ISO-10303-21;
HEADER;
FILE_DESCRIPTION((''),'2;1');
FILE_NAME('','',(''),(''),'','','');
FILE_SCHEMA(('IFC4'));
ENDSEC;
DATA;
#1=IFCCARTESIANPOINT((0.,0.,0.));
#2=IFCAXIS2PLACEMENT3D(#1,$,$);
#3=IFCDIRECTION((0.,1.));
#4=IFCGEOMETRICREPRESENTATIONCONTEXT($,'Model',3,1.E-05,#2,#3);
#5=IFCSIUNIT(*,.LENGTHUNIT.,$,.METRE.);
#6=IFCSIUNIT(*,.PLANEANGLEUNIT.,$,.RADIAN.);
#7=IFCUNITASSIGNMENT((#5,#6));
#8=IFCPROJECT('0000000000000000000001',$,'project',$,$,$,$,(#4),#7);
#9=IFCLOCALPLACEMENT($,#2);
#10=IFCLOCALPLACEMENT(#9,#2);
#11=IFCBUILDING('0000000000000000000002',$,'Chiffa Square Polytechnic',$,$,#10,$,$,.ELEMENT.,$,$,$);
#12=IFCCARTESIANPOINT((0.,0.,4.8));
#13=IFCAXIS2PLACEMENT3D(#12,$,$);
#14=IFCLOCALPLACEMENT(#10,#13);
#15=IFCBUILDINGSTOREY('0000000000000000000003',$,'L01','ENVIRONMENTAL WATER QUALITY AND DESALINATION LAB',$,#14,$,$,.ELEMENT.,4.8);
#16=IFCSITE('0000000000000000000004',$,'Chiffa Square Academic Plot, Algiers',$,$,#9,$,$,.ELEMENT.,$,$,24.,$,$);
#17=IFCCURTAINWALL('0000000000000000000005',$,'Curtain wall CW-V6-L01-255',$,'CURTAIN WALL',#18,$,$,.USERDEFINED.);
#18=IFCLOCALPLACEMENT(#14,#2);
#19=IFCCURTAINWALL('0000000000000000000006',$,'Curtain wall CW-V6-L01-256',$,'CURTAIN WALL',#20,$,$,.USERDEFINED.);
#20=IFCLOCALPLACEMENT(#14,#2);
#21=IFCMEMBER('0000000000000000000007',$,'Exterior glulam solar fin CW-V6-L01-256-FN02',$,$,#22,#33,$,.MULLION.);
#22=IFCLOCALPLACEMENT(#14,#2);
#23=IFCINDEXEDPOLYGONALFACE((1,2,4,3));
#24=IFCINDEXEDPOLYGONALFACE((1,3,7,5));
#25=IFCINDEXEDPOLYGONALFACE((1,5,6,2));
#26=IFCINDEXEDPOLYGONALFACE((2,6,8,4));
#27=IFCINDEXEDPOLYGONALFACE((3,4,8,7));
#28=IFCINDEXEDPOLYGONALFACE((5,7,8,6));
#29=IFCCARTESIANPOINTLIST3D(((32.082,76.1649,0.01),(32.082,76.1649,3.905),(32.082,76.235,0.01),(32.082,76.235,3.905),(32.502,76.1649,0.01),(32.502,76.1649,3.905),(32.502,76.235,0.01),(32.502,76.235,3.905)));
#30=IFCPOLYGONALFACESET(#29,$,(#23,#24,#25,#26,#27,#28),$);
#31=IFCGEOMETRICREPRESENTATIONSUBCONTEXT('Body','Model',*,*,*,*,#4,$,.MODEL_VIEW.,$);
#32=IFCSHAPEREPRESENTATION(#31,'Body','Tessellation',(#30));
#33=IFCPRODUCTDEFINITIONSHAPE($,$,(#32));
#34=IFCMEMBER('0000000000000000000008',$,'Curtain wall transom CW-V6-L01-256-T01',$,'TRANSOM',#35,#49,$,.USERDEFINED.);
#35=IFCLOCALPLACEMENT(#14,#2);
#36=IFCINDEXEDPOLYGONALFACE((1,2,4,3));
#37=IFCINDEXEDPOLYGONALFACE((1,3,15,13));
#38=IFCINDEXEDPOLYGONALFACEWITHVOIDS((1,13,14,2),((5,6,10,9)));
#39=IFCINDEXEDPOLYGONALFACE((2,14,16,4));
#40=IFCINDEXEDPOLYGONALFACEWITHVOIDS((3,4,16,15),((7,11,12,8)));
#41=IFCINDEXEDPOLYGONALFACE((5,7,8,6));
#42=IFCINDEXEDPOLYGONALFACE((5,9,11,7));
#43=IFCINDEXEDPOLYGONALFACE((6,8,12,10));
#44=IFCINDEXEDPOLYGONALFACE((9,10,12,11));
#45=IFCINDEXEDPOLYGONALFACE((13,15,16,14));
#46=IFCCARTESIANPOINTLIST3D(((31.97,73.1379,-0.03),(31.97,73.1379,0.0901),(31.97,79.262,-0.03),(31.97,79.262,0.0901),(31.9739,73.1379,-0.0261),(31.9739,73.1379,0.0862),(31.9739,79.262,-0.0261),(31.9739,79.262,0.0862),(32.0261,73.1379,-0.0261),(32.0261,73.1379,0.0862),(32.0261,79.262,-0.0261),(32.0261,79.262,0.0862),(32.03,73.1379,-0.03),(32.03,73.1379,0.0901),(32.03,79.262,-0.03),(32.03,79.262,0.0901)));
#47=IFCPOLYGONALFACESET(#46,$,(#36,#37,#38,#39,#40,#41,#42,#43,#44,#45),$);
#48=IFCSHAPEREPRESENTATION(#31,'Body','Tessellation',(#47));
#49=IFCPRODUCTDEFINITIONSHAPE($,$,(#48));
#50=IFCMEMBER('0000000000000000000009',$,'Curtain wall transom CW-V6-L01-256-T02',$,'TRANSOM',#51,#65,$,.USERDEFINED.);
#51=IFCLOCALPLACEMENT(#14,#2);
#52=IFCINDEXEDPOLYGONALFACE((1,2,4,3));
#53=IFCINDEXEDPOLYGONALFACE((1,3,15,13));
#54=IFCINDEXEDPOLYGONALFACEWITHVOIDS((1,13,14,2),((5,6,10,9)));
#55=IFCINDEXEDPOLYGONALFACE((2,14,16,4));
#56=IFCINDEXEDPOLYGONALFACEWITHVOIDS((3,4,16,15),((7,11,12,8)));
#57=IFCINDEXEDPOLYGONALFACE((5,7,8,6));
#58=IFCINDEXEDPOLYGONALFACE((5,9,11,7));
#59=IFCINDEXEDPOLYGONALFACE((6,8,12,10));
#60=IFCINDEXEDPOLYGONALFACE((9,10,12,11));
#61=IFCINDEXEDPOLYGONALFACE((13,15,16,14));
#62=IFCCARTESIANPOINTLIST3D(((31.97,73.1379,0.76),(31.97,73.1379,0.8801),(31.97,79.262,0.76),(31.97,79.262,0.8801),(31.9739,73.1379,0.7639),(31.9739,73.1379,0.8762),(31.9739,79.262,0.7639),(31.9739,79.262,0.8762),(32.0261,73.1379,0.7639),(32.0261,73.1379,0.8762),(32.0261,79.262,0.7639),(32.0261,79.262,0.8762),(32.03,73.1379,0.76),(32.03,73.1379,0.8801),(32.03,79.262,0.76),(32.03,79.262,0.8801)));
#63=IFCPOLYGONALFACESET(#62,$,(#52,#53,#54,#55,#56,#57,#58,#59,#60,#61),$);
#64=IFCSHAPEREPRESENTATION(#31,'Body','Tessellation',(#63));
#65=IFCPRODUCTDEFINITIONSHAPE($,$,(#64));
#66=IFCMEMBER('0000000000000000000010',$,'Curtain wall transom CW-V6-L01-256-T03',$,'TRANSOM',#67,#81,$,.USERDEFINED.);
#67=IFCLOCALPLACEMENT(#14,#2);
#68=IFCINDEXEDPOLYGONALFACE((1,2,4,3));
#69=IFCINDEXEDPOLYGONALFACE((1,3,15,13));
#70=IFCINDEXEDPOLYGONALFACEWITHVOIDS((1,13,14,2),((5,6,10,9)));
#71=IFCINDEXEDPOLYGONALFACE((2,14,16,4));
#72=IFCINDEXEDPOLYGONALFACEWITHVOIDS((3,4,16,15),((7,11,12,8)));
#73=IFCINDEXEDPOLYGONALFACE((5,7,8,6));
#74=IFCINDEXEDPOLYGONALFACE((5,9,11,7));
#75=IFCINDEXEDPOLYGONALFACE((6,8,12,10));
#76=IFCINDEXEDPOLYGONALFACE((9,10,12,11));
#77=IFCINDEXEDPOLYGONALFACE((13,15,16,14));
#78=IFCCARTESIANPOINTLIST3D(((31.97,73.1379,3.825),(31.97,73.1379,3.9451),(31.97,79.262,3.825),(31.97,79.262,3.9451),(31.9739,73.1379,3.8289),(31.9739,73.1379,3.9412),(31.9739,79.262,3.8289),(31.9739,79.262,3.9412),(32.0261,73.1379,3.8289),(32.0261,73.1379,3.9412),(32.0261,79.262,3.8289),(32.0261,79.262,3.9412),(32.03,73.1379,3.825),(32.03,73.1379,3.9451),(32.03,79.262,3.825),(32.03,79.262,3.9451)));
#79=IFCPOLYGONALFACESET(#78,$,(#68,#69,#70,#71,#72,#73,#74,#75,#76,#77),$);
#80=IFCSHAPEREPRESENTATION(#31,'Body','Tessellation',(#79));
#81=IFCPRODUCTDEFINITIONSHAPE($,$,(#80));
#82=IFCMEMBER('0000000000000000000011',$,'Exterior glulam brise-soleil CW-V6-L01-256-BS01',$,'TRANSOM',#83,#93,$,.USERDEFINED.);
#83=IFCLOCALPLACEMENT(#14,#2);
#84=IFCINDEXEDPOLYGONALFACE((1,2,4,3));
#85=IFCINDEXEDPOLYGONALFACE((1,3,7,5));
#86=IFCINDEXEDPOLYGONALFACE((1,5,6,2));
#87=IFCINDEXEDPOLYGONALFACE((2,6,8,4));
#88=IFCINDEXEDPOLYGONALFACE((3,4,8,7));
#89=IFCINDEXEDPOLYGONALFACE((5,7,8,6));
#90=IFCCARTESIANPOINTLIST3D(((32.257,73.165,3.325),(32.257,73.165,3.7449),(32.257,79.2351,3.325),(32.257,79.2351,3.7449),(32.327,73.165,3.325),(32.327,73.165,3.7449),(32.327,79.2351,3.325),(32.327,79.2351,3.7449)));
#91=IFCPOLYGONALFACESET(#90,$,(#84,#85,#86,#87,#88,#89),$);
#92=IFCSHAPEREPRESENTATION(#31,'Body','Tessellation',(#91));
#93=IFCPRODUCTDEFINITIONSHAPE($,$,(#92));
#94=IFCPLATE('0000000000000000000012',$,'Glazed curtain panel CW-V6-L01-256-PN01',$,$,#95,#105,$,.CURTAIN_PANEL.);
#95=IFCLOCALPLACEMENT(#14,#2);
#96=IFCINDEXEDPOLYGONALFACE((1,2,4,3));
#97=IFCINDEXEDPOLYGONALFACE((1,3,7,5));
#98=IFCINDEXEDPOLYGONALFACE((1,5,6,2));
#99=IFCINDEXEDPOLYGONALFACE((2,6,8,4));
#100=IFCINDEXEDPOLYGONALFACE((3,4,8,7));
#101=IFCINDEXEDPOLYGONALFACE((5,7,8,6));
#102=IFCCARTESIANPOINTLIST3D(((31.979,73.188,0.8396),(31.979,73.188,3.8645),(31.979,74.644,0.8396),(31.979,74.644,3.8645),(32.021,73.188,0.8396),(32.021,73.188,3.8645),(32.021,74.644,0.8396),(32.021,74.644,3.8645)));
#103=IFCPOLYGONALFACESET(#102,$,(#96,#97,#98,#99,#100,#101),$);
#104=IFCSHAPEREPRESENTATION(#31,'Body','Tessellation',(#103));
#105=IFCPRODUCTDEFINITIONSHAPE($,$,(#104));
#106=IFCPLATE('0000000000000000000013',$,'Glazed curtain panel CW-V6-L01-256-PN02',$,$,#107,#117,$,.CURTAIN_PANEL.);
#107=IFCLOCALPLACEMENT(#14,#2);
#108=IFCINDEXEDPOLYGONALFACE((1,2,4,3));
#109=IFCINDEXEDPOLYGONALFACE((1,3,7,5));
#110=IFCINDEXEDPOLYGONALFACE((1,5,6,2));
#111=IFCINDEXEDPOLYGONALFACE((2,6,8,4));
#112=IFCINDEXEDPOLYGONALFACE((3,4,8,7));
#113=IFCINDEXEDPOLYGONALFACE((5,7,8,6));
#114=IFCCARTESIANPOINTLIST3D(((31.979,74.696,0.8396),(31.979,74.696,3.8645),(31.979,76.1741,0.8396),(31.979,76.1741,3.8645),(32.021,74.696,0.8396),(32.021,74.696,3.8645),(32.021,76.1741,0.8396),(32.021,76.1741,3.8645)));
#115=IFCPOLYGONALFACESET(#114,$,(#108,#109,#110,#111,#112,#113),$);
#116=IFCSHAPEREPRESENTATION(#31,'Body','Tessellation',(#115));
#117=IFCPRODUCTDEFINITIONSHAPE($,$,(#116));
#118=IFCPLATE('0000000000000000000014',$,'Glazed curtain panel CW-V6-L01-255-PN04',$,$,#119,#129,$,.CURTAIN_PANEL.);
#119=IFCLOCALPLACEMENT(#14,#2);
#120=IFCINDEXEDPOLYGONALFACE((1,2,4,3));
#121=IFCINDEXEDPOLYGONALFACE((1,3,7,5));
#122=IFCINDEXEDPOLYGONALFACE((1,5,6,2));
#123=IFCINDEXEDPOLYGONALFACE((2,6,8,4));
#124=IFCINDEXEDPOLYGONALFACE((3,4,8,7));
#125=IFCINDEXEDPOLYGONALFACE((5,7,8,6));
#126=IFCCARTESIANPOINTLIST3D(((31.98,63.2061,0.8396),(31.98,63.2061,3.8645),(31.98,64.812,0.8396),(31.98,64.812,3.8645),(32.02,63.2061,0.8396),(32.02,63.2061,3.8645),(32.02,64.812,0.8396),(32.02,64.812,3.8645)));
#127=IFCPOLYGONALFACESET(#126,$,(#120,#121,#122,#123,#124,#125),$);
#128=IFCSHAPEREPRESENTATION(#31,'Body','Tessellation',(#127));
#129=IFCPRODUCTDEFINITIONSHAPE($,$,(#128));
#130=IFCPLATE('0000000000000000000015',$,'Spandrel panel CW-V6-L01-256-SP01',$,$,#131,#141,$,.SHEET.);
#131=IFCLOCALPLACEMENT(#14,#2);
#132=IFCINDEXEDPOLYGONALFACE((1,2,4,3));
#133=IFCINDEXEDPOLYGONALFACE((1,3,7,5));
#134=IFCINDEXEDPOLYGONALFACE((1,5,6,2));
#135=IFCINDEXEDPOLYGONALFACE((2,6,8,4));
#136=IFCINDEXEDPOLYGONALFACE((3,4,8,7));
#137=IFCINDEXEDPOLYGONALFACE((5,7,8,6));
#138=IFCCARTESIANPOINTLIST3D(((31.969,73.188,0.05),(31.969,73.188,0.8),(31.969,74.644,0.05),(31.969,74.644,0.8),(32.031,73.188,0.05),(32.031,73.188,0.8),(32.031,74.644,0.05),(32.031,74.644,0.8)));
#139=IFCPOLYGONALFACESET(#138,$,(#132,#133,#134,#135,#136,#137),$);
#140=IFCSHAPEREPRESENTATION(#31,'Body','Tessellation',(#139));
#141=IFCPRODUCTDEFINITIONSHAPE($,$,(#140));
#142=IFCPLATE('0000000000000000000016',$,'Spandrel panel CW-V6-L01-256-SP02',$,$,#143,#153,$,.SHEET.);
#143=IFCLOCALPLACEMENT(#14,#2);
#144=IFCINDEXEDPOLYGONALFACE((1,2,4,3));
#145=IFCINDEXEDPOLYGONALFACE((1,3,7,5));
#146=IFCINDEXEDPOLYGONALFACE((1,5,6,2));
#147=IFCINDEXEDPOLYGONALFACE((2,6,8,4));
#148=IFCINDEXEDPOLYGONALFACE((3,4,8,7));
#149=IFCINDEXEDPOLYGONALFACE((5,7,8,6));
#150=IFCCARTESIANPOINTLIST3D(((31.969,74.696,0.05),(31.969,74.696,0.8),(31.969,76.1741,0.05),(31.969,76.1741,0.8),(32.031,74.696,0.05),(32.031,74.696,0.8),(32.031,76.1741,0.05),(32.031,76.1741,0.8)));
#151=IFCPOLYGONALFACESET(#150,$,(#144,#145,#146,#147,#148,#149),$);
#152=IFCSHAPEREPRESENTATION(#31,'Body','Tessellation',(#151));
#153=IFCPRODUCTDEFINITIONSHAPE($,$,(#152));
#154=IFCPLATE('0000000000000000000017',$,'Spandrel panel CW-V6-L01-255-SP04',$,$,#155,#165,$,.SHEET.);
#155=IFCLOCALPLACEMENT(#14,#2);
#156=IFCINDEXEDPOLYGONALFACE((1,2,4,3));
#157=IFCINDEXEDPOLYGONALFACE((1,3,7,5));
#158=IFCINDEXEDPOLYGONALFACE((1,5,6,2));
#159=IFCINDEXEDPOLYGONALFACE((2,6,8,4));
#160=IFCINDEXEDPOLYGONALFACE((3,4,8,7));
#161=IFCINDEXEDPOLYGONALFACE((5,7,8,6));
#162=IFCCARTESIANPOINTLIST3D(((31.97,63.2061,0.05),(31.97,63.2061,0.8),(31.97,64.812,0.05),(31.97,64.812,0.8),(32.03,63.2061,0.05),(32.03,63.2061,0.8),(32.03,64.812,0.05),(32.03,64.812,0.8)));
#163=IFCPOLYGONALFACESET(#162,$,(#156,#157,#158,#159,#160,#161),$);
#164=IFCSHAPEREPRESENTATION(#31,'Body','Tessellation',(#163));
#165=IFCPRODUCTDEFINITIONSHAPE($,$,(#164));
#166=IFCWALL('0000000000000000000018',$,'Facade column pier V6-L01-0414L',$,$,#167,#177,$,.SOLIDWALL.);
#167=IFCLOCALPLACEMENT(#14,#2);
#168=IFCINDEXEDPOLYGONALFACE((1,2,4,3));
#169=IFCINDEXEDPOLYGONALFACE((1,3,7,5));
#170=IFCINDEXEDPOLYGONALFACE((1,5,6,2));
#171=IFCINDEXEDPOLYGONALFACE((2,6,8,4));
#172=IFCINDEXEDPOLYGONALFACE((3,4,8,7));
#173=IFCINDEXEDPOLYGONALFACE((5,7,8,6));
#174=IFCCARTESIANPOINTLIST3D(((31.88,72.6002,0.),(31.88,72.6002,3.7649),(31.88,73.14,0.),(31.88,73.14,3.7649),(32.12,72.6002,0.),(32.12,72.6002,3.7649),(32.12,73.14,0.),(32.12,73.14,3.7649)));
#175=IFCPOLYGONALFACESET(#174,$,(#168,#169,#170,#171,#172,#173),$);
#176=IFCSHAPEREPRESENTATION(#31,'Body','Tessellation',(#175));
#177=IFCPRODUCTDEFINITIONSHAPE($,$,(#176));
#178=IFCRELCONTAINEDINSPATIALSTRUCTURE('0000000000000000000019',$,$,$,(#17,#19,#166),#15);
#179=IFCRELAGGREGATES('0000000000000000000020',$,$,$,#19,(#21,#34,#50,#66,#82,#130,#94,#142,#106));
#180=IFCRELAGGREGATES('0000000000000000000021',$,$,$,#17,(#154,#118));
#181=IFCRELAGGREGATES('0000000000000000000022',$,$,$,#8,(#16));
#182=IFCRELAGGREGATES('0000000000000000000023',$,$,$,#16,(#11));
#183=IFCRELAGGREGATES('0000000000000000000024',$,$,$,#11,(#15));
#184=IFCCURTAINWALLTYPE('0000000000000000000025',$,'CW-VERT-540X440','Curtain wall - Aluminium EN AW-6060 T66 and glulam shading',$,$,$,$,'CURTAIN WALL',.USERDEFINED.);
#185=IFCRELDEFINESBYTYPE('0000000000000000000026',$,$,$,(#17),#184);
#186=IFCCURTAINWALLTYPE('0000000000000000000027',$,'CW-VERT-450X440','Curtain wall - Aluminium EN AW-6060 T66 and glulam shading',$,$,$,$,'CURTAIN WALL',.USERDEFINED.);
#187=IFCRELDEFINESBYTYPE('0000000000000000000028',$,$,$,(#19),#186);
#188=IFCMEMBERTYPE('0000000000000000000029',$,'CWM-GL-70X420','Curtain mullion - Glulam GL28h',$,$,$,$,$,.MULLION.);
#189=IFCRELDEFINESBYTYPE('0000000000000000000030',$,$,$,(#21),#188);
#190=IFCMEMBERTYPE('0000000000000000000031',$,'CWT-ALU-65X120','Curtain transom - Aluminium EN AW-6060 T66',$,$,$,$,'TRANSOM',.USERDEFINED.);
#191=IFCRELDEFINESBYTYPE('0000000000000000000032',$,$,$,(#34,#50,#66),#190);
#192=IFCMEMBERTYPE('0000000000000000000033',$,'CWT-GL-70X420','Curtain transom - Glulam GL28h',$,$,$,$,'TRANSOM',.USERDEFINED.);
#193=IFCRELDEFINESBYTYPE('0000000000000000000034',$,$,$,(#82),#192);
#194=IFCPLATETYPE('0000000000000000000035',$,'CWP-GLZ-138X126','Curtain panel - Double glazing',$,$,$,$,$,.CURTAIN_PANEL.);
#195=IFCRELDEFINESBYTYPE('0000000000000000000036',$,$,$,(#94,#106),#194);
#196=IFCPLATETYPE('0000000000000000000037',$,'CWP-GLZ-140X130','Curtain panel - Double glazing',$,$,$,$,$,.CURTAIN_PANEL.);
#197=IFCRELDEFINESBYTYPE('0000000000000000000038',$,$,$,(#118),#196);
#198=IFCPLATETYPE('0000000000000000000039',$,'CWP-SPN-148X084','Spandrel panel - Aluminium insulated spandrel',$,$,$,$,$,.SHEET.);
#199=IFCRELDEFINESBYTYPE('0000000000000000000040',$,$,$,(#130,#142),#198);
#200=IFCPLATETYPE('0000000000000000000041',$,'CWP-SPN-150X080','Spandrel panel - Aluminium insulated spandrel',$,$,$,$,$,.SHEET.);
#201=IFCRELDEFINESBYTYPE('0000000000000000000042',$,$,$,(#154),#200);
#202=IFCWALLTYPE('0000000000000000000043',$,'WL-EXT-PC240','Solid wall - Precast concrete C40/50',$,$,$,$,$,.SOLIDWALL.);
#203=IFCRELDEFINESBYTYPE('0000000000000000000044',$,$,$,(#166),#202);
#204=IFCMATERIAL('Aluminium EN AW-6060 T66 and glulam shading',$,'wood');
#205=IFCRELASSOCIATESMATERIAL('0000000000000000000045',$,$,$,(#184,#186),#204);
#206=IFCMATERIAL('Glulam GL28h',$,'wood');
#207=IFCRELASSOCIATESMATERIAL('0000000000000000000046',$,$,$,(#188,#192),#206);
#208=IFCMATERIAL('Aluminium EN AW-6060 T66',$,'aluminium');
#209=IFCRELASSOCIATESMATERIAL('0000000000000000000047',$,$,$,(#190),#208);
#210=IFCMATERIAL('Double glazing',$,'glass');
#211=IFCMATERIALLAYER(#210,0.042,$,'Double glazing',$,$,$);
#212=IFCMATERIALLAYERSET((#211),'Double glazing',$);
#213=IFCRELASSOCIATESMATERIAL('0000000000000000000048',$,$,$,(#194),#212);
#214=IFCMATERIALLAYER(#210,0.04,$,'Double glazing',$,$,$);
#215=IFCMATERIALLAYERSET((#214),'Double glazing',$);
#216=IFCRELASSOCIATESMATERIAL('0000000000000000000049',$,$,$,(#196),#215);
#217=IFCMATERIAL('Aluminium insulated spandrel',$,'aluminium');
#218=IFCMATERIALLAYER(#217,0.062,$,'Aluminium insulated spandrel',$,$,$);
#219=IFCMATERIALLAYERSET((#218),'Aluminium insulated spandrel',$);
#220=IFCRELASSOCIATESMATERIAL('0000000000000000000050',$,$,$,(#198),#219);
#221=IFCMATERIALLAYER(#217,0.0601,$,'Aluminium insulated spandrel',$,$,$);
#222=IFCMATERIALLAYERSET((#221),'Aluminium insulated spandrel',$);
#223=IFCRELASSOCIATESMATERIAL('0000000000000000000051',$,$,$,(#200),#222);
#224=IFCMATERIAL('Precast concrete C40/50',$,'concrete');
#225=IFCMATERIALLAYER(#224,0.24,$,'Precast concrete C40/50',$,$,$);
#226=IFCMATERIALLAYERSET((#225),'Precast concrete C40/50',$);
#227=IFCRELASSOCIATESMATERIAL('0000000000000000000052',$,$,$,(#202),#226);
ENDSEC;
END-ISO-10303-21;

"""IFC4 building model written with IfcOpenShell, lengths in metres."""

from ifc_helpers import new_model, si_unit, direction, frame, frame_2d, origin, origin_2d, place, context, subcontext, project, spatial, rectangle, hollow_rectangle, extrude, material, layer, layer_set, material_profile, profile_set, type_object, element, aggregate, save


model = new_model("IFC4")

# Units and contexts
model_context = context("Model", 3, precision=1e-05, world=origin(), true_north=direction((0.0, 1.0)))
body_context = subcontext(model_context, "Body", "Model", "MODEL_VIEW")
ifc_project = project(units=[si_unit("LENGTHUNIT", "METRE"), si_unit("PLANEANGLEUNIT", "RADIAN")], contexts=[model_context])

# Site, building, storey
site_placement = place(None, origin())
site = spatial("IfcSite", under=ifc_project, at=site_placement, Name="Chiffa Square Academic Plot, Algiers", CompositionType="ELEMENT", RefElevation=24.0)
building_placement = place(site_placement, origin())
building = spatial("IfcBuilding", under=site, at=building_placement, Name="Chiffa Square Polytechnic", CompositionType="ELEMENT")
storey_placement = place(building_placement, frame((0.0, 0.0, 4.8)))
storey = spatial("IfcBuildingStorey", under=building, at=storey_placement, Name="L01", Description="ENVIRONMENTAL WATER QUALITY AND DESALINATION LAB", CompositionType="ELEMENT", Elevation=4.8)

# Curtain walls
ifc_material_1 = material(Name="Aluminium EN AW-6060 T66 and glulam shading", Category="wood")
curtain_wall_type_1 = type_object("IfcCurtainWallType", Name="CW-VERT-540X440", Description="Curtain wall - Aluminium EN AW-6060 T66 and glulam shading", ElementType="CURTAIN WALL", PredefinedType="USERDEFINED", material=ifc_material_1)
curtain_wall_1_placement = place(storey_placement, origin())
curtain_wall_1 = element("IfcCurtainWall", 1, at=curtain_wall_1_placement, inside=storey, type_object=curtain_wall_type_1, Name="Curtain wall CW-V6-L01-255", ObjectType="CURTAIN WALL", PredefinedType="USERDEFINED")
ifc_material_2 = material(Name="Aluminium EN AW-6060 T66", Category="aluminium")
curtain_wall_type_2 = type_object("IfcCurtainWallType", Name="CW-VERT-450X440", Description="Curtain wall - Aluminium EN AW-6060 T66 and glulam shading", ElementType="CURTAIN WALL", PredefinedType="USERDEFINED", material=ifc_material_1)
curtain_wall_2_placement = place(storey_placement, origin())
curtain_wall_2 = element("IfcCurtainWall", 2, at=curtain_wall_2_placement, inside=storey, type_object=curtain_wall_type_2, Name="Curtain wall CW-V6-L01-256", ObjectType="CURTAIN WALL", PredefinedType="USERDEFINED")

# Members
ifc_material_3 = material(Name="Glulam GL28h", Category="wood")
ifc_material_profile_1 = material_profile(ifc_material_3, rectangle(XDim=0.0701, YDim=0.4199, at=origin_2d()), Name="GL28h 70x420")
ifc_profile_set_1 = profile_set([ifc_material_profile_1], Name="Glulam GL28h")
member_type_1 = type_object("IfcMemberType", Name="CWM-GL-70X420", Description="Curtain mullion - Glulam GL28h", PredefinedType="MULLION", material=ifc_profile_set_1)
member_1_placement = place(storey_placement, frame((32.292, 76.2, 0.01), z_axis=(0.0, 0.0, 1.0), x_axis=(0.0, 1.0, 0.0)))
member_1 = element("IfcMember", 3, at=member_1_placement, type_object=member_type_1, Name="Exterior glulam solar fin CW-V6-L01-256-FN02", PredefinedType="MULLION", context=body_context, shape_type="SweptSolid", body=[
    extrude(rectangle(XDim=0.0701, YDim=0.4199, at=origin_2d()), origin(), (0.0, 0.0, 1.0), 3.895),
])
ifc_material_profile_2 = material_profile(ifc_material_2, hollow_rectangle(XDim=0.0601, YDim=0.1201, WallThickness=0.0039, at=origin_2d()), Name="ALU 60x120x4")
ifc_profile_set_2 = profile_set([ifc_material_profile_2], Name="Aluminium EN AW-6060 T66")
member_type_2 = type_object("IfcMemberType", Name="CWT-ALU-65X120", Description="Curtain transom - Aluminium EN AW-6060 T66", ElementType="TRANSOM", PredefinedType="USERDEFINED", material=ifc_profile_set_2)
member_2_placement = place(storey_placement, frame((32.0, 73.1379, 0.03), z_axis=(0.0, 1.0, 0.0), x_axis=(-1.0, 0.0, 0.0)))
member_2 = element("IfcMember", 4, at=member_2_placement, type_object=member_type_2, Name="Curtain wall transom CW-V6-L01-256-T01", ObjectType="TRANSOM", PredefinedType="USERDEFINED", context=body_context, shape_type="SweptSolid", body=[
    extrude(hollow_rectangle(XDim=0.0601, YDim=0.1201, WallThickness=0.0039, at=origin_2d()), origin(), (0.0, 0.0, 1.0), 6.124),
])
member_3_placement = place(storey_placement, frame((32.0, 73.1379, 0.8201), z_axis=(0.0, 1.0, 0.0), x_axis=(-1.0, 0.0, 0.0)))
member_3 = element("IfcMember", 5, at=member_3_placement, type_object=member_type_2, Name="Curtain wall transom CW-V6-L01-256-T02", ObjectType="TRANSOM", PredefinedType="USERDEFINED", context=body_context, shape_type="SweptSolid", body=[
    extrude(hollow_rectangle(XDim=0.0601, YDim=0.1201, WallThickness=0.0039, at=origin_2d()), origin(), (0.0, 0.0, 1.0), 6.124),
])
member_4_placement = place(storey_placement, frame((32.0, 73.1379, 3.885), z_axis=(0.0, 1.0, 0.0), x_axis=(-1.0, 0.0, 0.0)))
member_4 = element("IfcMember", 6, at=member_4_placement, type_object=member_type_2, Name="Curtain wall transom CW-V6-L01-256-T03", ObjectType="TRANSOM", PredefinedType="USERDEFINED", context=body_context, shape_type="SweptSolid", body=[
    extrude(hollow_rectangle(XDim=0.0601, YDim=0.1201, WallThickness=0.0039, at=origin_2d()), origin(), (0.0, 0.0, 1.0), 6.124),
])
ifc_material_profile_3 = material_profile(ifc_material_3, rectangle(XDim=0.0701, YDim=0.4199, at=origin_2d()), Name="GL28h 70x420")
ifc_profile_set_3 = profile_set([ifc_material_profile_3], Name="Glulam GL28h")
member_type_3 = type_object("IfcMemberType", Name="CWT-GL-70X420", Description="Curtain transom - Glulam GL28h", ElementType="TRANSOM", PredefinedType="USERDEFINED", material=ifc_profile_set_3)
member_5_placement = place(storey_placement, frame((32.292, 73.165, 3.5349), z_axis=(0.0, 1.0, 0.0), x_axis=(-1.0, 0.0, 0.0)))
member_5 = element("IfcMember", 7, at=member_5_placement, type_object=member_type_3, Name="Exterior glulam brise-soleil CW-V6-L01-256-BS01", ObjectType="TRANSOM", PredefinedType="USERDEFINED", context=body_context, shape_type="SweptSolid", body=[
    extrude(rectangle(XDim=0.0701, YDim=0.4199, at=origin_2d()), origin(), (0.0, 0.0, 1.0), 6.0701),
])

# Plates
ifc_material_4 = material(Name="Double glazing", Category="glass")
ifc_layer_1 = layer(ifc_material_4, 0.042, Name="Double glazing")
ifc_layer_set_1 = layer_set([ifc_layer_1], Name="Double glazing")
plate_type_1 = type_object("IfcPlateType", Name="CWP-GLZ-138X126", Description="Curtain panel - Double glazing", PredefinedType="CURTAIN_PANEL", material=ifc_layer_set_1)
plate_1_placement = place(storey_placement, frame((32.0, 73.916, 0.8396), z_axis=(0.0, 0.0, 1.0), x_axis=(0.0, 1.0, 0.0)))
plate_1 = element("IfcPlate", 8, at=plate_1_placement, type_object=plate_type_1, Name="Glazed curtain panel CW-V6-L01-256-PN01", PredefinedType="CURTAIN_PANEL", context=body_context, shape_type="SweptSolid", body=[
    extrude(rectangle(XDim=1.4561, YDim=0.042, at=origin_2d()), origin(), (0.0, 0.0, 1.0), 3.0249),
])
plate_2_placement = place(storey_placement, frame((32.0, 75.4351, 0.8396), z_axis=(0.0, 0.0, 1.0), x_axis=(0.0, 1.0, 0.0)))
plate_2 = element("IfcPlate", 9, at=plate_2_placement, type_object=plate_type_1, Name="Glazed curtain panel CW-V6-L01-256-PN02", PredefinedType="CURTAIN_PANEL", context=body_context, shape_type="SweptSolid", body=[
    extrude(rectangle(XDim=1.478, YDim=0.042, at=origin_2d()), origin(), (0.0, 0.0, 1.0), 3.0249),
])
ifc_layer_2 = layer(ifc_material_4, 0.04, Name="Double glazing")
ifc_layer_set_2 = layer_set([ifc_layer_2], Name="Double glazing")
plate_type_2 = type_object("IfcPlateType", Name="CWP-GLZ-140X130", Description="Curtain panel - Double glazing", PredefinedType="CURTAIN_PANEL", material=ifc_layer_set_2)
plate_3_placement = place(storey_placement, frame((32.0, 64.009, 0.8396), z_axis=(0.0, 0.0, 1.0), x_axis=(0.0, 1.0, 0.0)))
plate_3 = element("IfcPlate", 10, at=plate_3_placement, type_object=plate_type_2, Name="Glazed curtain panel CW-V6-L01-255-PN04", PredefinedType="CURTAIN_PANEL", context=body_context, shape_type="SweptSolid", body=[
    extrude(rectangle(XDim=1.606, YDim=0.04, at=origin_2d()), origin(), (0.0, 0.0, 1.0), 3.0249),
])
ifc_material_5 = material(Name="Aluminium insulated spandrel", Category="aluminium")
ifc_layer_3 = layer(ifc_material_5, 0.062, Name="Aluminium insulated spandrel")
ifc_layer_set_3 = layer_set([ifc_layer_3], Name="Aluminium insulated spandrel")
plate_type_3 = type_object("IfcPlateType", Name="CWP-SPN-148X084", Description="Spandrel panel - Aluminium insulated spandrel", PredefinedType="SHEET", material=ifc_layer_set_3)
plate_4_placement = place(storey_placement, frame((32.0, 73.916, 0.05), z_axis=(0.0, 0.0, 1.0), x_axis=(0.0, 1.0, 0.0)))
plate_4 = element("IfcPlate", 11, at=plate_4_placement, type_object=plate_type_3, Name="Spandrel panel CW-V6-L01-256-SP01", PredefinedType="SHEET", context=body_context, shape_type="SweptSolid", body=[
    extrude(rectangle(XDim=1.4561, YDim=0.062, at=origin_2d()), origin(), (0.0, 0.0, 1.0), 0.75),
])
plate_5_placement = place(storey_placement, frame((32.0, 75.4351, 0.05), z_axis=(0.0, 0.0, 1.0), x_axis=(0.0, 1.0, 0.0)))
plate_5 = element("IfcPlate", 12, at=plate_5_placement, type_object=plate_type_3, Name="Spandrel panel CW-V6-L01-256-SP02", PredefinedType="SHEET", context=body_context, shape_type="SweptSolid", body=[
    extrude(rectangle(XDim=1.478, YDim=0.062, at=origin_2d()), origin(), (0.0, 0.0, 1.0), 0.75),
])
aggregate(curtain_wall_2, [member_1, member_2, member_3, member_4, member_5, plate_4, plate_1, plate_5, plate_2])
ifc_layer_4 = layer(ifc_material_5, 0.0601, Name="Aluminium insulated spandrel")
ifc_layer_set_4 = layer_set([ifc_layer_4], Name="Aluminium insulated spandrel")
plate_type_4 = type_object("IfcPlateType", Name="CWP-SPN-150X080", Description="Spandrel panel - Aluminium insulated spandrel", PredefinedType="SHEET", material=ifc_layer_set_4)
plate_6_placement = place(storey_placement, frame((32.0, 64.009, 0.05), z_axis=(0.0, 0.0, 1.0), x_axis=(0.0, 1.0, 0.0)))
plate_6 = element("IfcPlate", 13, at=plate_6_placement, type_object=plate_type_4, Name="Spandrel panel CW-V6-L01-255-SP04", PredefinedType="SHEET", context=body_context, shape_type="SweptSolid", body=[
    extrude(rectangle(XDim=1.606, YDim=0.0601, at=origin_2d()), origin(), (0.0, 0.0, 1.0), 0.75),
])
aggregate(curtain_wall_1, [plate_6, plate_3])

# Wall
ifc_material_6 = material(Name="Precast concrete C40/50", Category="concrete")
ifc_layer_5 = layer(ifc_material_6, 0.24, Name="Precast concrete C40/50")
ifc_layer_set_5 = layer_set([ifc_layer_5], Name="Precast concrete C40/50")
wall_type_1 = type_object("IfcWallType", Name="WL-EXT-PC240", Description="Solid wall - Precast concrete C40/50", PredefinedType="SOLIDWALL", material=ifc_layer_set_5)
wall_1_placement = place(storey_placement, frame((32.0, 72.6001, 0.0), z_axis=(0.0, 0.0, 1.0), x_axis=(0.0, 1.0, 0.0)))
element("IfcWall", 14, at=wall_1_placement, inside=storey, type_object=wall_type_1, Name="Facade column pier V6-L01-0414L", PredefinedType="SOLIDWALL", context=body_context, shape_type="SweptSolid", body=[
    extrude(rectangle(XDim=0.5398, YDim=0.24, at=frame_2d((0.27, 0.0))), origin(), (0.0, 0.0, 1.0), 3.7649),
])

save(model, "model.ifc")
